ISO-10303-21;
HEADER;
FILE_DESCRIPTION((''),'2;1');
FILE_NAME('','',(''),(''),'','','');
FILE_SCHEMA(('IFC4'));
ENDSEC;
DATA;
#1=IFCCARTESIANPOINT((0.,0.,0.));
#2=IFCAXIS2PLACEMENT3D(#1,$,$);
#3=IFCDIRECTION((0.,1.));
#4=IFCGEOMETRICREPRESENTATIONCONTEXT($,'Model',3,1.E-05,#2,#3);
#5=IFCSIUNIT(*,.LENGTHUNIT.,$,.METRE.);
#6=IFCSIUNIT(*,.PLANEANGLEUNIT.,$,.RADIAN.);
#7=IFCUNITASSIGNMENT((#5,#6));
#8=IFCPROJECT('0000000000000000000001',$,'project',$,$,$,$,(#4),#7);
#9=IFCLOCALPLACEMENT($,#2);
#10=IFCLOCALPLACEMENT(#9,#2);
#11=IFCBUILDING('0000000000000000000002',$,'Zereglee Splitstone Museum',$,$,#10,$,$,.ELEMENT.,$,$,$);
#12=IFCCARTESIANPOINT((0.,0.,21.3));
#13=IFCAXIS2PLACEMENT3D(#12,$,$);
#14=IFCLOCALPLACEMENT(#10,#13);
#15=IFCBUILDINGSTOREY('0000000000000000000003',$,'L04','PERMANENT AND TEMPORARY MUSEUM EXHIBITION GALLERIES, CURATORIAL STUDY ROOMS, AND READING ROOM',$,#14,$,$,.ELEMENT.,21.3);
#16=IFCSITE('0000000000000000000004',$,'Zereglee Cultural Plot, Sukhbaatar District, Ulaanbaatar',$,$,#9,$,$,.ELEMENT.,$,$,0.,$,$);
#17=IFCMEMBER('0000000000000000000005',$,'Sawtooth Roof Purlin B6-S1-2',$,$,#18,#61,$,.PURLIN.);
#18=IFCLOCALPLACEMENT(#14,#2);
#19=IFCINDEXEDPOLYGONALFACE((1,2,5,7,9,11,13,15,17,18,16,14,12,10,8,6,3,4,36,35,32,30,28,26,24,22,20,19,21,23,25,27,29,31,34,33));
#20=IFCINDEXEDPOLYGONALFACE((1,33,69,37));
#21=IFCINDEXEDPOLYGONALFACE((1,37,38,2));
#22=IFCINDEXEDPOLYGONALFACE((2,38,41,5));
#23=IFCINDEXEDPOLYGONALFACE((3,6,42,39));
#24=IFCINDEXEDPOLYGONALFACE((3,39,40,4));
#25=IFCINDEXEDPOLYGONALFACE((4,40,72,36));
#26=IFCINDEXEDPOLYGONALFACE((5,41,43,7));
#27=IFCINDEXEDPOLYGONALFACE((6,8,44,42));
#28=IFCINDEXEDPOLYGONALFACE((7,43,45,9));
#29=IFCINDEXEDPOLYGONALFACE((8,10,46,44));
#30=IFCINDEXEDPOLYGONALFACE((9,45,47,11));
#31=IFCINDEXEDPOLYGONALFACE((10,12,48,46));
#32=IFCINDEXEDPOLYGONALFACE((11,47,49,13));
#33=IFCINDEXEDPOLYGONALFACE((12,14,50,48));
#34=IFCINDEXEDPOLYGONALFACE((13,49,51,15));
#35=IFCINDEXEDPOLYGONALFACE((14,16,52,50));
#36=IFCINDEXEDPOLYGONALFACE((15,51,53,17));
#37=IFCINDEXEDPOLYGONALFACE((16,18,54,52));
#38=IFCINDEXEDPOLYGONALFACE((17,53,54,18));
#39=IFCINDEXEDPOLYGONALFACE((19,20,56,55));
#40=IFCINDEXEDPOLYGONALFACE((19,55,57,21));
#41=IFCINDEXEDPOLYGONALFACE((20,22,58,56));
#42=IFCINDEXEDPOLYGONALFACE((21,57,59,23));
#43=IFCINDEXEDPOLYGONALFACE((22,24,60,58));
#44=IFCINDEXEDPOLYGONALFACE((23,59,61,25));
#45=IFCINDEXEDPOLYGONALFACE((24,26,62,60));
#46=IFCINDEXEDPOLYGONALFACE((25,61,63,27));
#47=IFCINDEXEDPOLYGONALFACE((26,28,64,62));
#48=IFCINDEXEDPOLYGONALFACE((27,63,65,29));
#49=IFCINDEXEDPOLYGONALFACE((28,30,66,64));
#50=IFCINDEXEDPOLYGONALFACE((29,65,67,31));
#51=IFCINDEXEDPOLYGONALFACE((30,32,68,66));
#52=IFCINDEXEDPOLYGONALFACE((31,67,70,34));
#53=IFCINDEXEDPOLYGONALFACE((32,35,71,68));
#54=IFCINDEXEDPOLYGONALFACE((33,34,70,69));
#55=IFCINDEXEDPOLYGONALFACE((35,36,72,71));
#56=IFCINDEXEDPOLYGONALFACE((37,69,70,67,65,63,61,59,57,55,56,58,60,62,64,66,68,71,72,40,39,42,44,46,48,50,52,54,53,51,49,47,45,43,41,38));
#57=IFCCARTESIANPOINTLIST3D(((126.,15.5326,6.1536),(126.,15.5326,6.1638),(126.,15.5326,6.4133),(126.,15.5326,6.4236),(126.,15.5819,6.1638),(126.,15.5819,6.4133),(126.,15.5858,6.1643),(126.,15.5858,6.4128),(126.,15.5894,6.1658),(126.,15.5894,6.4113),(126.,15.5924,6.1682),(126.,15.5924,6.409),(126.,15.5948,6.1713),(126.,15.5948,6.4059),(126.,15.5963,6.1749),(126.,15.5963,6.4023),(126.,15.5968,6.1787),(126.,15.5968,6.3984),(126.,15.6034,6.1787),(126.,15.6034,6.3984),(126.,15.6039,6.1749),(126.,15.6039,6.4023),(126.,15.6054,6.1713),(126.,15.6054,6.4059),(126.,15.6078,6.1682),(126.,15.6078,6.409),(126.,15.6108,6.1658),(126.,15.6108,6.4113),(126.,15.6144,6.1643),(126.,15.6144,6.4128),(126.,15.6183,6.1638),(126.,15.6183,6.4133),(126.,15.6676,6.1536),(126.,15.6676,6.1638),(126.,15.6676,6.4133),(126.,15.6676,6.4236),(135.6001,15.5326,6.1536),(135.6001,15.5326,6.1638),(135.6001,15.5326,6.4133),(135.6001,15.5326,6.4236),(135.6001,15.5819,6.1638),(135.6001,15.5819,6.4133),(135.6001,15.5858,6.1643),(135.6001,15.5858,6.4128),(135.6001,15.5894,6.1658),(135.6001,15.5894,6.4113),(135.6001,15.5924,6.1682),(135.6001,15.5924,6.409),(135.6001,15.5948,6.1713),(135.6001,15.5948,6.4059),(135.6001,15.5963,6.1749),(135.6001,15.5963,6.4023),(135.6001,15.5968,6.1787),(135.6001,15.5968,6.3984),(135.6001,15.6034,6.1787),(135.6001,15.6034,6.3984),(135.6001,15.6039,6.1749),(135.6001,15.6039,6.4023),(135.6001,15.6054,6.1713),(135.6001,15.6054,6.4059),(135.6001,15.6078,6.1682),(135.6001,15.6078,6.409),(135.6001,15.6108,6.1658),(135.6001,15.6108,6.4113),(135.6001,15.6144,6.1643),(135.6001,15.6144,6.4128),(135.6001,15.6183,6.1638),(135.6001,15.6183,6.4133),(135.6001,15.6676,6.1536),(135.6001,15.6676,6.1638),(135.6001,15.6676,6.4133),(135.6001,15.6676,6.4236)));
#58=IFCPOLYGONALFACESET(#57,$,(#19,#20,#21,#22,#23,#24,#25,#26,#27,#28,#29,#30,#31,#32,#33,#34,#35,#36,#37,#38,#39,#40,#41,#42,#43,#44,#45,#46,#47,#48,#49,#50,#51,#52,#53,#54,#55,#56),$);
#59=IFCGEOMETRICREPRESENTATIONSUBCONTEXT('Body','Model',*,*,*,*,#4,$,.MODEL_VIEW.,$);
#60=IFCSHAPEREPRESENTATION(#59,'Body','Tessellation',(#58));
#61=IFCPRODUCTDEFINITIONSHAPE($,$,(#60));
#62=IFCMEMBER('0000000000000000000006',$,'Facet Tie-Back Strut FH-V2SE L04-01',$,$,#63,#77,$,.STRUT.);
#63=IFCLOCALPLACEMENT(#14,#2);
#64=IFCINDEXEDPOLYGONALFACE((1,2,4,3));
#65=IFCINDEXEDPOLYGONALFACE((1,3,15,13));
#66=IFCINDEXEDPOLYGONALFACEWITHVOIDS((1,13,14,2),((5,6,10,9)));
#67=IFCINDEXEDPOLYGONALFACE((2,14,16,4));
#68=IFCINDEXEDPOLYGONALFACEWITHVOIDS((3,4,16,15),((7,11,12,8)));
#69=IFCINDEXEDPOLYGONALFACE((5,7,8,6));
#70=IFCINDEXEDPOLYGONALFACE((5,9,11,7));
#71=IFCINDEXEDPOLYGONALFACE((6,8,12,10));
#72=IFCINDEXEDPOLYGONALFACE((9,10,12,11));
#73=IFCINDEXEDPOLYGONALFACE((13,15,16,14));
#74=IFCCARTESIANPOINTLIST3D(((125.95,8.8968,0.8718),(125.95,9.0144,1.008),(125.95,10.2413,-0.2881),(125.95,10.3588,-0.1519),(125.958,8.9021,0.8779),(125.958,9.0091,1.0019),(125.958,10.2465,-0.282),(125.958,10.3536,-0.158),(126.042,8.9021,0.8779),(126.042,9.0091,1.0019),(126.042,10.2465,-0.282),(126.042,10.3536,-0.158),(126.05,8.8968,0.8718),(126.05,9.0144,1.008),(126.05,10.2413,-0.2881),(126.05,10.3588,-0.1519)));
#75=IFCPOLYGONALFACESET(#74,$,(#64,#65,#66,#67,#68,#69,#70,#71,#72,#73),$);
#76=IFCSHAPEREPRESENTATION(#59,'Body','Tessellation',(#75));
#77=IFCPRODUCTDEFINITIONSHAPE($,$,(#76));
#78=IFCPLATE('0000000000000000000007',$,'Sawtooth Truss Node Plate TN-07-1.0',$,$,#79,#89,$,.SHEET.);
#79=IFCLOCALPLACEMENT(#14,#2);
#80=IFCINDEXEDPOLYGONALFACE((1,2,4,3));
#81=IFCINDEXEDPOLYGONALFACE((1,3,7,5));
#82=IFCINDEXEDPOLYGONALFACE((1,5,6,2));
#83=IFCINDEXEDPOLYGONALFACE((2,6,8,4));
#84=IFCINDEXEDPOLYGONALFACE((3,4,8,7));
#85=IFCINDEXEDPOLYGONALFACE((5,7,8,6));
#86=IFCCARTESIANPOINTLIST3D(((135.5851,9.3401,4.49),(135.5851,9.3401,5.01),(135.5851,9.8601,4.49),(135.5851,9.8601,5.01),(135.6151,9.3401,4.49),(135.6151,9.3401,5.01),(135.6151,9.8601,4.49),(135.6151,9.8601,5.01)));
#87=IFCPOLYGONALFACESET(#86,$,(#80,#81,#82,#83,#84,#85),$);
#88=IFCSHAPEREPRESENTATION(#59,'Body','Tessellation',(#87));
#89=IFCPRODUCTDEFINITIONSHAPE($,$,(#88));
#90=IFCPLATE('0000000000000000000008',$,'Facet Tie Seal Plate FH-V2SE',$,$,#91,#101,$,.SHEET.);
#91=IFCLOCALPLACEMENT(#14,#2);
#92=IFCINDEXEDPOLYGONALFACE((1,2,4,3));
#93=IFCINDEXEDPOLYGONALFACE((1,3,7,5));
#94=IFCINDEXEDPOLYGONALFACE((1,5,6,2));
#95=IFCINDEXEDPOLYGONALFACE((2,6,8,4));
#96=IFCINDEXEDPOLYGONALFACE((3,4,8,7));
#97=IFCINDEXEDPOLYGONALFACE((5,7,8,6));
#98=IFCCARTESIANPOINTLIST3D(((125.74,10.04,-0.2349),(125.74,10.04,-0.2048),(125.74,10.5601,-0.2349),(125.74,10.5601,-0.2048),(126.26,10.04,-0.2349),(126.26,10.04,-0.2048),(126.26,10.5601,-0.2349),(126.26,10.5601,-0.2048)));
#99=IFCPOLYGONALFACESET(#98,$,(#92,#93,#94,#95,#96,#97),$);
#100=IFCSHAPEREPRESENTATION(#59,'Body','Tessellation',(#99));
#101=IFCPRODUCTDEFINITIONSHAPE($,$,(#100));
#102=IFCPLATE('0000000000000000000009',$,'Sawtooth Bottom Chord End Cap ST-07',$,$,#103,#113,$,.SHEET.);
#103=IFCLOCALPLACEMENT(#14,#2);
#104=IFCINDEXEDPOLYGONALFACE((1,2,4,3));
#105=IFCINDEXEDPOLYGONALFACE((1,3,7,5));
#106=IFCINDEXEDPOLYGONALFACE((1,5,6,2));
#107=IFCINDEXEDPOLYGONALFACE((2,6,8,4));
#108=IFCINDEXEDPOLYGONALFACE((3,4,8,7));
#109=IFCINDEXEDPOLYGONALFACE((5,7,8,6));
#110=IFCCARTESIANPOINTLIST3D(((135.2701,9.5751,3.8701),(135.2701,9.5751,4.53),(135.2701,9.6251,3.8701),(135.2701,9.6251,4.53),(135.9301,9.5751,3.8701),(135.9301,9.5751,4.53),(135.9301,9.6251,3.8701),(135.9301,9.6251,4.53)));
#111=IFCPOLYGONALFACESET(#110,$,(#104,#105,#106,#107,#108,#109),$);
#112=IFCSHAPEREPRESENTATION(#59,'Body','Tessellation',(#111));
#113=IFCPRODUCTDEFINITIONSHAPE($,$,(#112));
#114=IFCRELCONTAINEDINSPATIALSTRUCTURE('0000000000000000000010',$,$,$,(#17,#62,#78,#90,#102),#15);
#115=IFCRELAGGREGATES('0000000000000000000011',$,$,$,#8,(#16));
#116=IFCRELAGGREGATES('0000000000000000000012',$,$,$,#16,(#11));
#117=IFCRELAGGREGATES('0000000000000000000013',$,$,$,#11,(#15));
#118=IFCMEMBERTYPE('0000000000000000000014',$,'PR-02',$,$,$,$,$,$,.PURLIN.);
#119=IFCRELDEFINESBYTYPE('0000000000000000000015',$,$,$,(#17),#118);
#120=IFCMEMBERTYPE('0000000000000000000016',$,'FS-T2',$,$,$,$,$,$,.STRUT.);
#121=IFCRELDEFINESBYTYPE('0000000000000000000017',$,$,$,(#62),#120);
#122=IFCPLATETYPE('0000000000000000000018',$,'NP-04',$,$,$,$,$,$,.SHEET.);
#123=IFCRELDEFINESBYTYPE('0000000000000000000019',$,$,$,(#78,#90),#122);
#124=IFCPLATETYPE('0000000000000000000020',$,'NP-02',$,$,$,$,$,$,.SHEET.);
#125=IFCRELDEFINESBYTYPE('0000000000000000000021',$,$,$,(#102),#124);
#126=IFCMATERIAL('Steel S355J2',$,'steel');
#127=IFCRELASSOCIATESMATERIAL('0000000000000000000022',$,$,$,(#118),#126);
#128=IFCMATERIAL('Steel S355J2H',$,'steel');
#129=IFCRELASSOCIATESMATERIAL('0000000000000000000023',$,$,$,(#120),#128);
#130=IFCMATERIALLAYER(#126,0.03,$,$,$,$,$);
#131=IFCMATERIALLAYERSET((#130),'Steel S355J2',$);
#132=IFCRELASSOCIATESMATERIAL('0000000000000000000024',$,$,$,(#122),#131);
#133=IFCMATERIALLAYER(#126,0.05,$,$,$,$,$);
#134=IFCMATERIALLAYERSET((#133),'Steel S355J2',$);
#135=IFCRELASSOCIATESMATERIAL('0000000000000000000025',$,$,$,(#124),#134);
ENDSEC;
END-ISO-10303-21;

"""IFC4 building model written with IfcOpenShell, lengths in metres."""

from ifc_helpers import new_model, si_unit, direction, frame, origin, origin_2d, place, context, subcontext, project, spatial, rectangle, hollow_rectangle, i_section, extrude, material, layer, layer_set, material_profile, profile_set, type_object, element, save


model = new_model("IFC4")

# Units and contexts
model_context = context("Model", 3, precision=1e-05, world=origin(), true_north=direction((0.0, 1.0)))
body_context = subcontext(model_context, "Body", "Model", "MODEL_VIEW")
ifc_project = project(units=[si_unit("LENGTHUNIT", "METRE"), si_unit("PLANEANGLEUNIT", "RADIAN")], contexts=[model_context])

# Site, building, storey
site_placement = place(None, origin())
site = spatial("IfcSite", under=ifc_project, at=site_placement, Name="Zereglee Cultural Plot, Sukhbaatar District, Ulaanbaatar", CompositionType="ELEMENT", RefElevation=0.0)
building_placement = place(site_placement, origin())
building = spatial("IfcBuilding", under=site, at=building_placement, Name="Zereglee Splitstone Museum", CompositionType="ELEMENT")
storey_placement = place(building_placement, frame((0.0, 0.0, 21.3)))
storey = spatial("IfcBuildingStorey", under=building, at=storey_placement, Name="L04", Description="PERMANENT AND TEMPORARY MUSEUM EXHIBITION GALLERIES, CURATORIAL STUDY ROOMS, AND READING ROOM", CompositionType="ELEMENT", Elevation=21.3)

# Shared definitions
ifc_material_1 = material(Name="Steel S355J2H", Category="steel")
ifc_material_2 = material(Name="Steel S355J2", Category="steel")

# Members
ifc_material_profile_1 = material_profile(ifc_material_2, i_section(OverallWidth=0.135, OverallDepth=0.27, WebThickness=0.0066, FlangeThickness=0.0103, FilletRadius=0.0149, at=origin_2d()), Name="IPE 270")
ifc_profile_set_1 = profile_set([ifc_material_profile_1], Name="Steel S355J2")
member_type_1 = type_object("IfcMemberType", Name="PR-02", PredefinedType="PURLIN", material=ifc_profile_set_1)
for number, where, z_axis, x_axis, name in (
    (1, (126.0, 15.6001, 6.2886), (1.0, 0.0, 0.0), (0.0, 1.0, 0.0), "Sawtooth Roof Purlin B6-S1-2"),
):
    element("IfcMember", number, at=place(storey_placement, frame(where, z_axis=z_axis, x_axis=x_axis)), inside=storey, type_object=member_type_1, Name=name, PredefinedType="PURLIN", context=body_context, shape_type="SweptSolid", body=[
        extrude(i_section(OverallWidth=0.135, OverallDepth=0.27, WebThickness=0.0066, FlangeThickness=0.0103, FilletRadius=0.0149, at=origin_2d()), origin(), (0.0, 0.0, 1.0), 9.6001),
    ])
ifc_material_profile_2 = material_profile(ifc_material_1, hollow_rectangle(XDim=0.1001, YDim=0.1799, WallThickness=0.0081, at=origin_2d()), Name="RHS 180x100x8")
ifc_profile_set_2 = profile_set([ifc_material_profile_2], Name="Steel S355J2H")
member_type_2 = type_object("IfcMemberType", Name="FS-T2", PredefinedType="STRUT", material=ifc_profile_set_2)
member_1_placement = place(storey_placement, frame((126.0, 10.3, -0.22), z_axis=(0.0, -0.757166, 0.653222), x_axis=(1.0, 0.0, 0.0)))
element("IfcMember", 2, at=member_1_placement, inside=storey, type_object=member_type_2, Name="Facet Tie-Back Strut FH-V2SE L04-01", PredefinedType="STRUT", context=body_context, shape_type="SweptSolid", body=[
    extrude(hollow_rectangle(XDim=0.1001, YDim=0.1799, WallThickness=0.0081, at=origin_2d()), origin(), (0.0, 0.0, 1.0), 1.7756),
])

# Plates
ifc_layer_1 = layer(ifc_material_2, 0.03)
ifc_layer_set_1 = layer_set([ifc_layer_1], Name="Steel S355J2")
plate_type_1 = type_object("IfcPlateType", Name="NP-04", PredefinedType="SHEET", material=ifc_layer_set_1)
plate_1_placement = place(storey_placement, frame((135.6001, 9.6001, 4.49), z_axis=(0.0, 0.0, 1.0), x_axis=(1.0, 0.0, 0.0)))
element("IfcPlate", 3, at=plate_1_placement, inside=storey, type_object=plate_type_1, Name="Sawtooth Truss Node Plate TN-07-1.0", PredefinedType="SHEET", context=body_context, shape_type="SweptSolid", body=[
    extrude(rectangle(XDim=0.03, YDim=0.52, at=origin_2d()), origin(), (0.0, 0.0, 1.0), 0.52),
])
plate_2_placement = place(storey_placement, frame((126.0, 10.3, -0.2349), z_axis=(0.0, 0.0, 1.0), x_axis=(1.0, 0.0, 0.0)))
element("IfcPlate", 4, at=plate_2_placement, inside=storey, type_object=plate_type_1, Name="Facet Tie Seal Plate FH-V2SE", PredefinedType="SHEET", context=body_context, shape_type="SweptSolid", body=[
    extrude(rectangle(XDim=0.52, YDim=0.52, at=origin_2d()), origin(), (0.0, 0.0, 1.0), 0.03),
])
ifc_layer_2 = layer(ifc_material_2, 0.05)
ifc_layer_set_2 = layer_set([ifc_layer_2], Name="Steel S355J2")
plate_type_2 = type_object("IfcPlateType", Name="NP-02", PredefinedType="SHEET", material=ifc_layer_set_2)
plate_3_placement = place(storey_placement, frame((135.6001, 9.6001, 3.8701), z_axis=(0.0, 0.0, 1.0), x_axis=(1.0, 0.0, 0.0)))
element("IfcPlate", 5, at=plate_3_placement, inside=storey, type_object=plate_type_2, Name="Sawtooth Bottom Chord End Cap ST-07", PredefinedType="SHEET", context=body_context, shape_type="SweptSolid", body=[
    extrude(rectangle(XDim=0.6599, YDim=0.05, at=origin_2d()), origin(), (0.0, 0.0, 1.0), 0.6599),
])

save(model, "model.ifc")
